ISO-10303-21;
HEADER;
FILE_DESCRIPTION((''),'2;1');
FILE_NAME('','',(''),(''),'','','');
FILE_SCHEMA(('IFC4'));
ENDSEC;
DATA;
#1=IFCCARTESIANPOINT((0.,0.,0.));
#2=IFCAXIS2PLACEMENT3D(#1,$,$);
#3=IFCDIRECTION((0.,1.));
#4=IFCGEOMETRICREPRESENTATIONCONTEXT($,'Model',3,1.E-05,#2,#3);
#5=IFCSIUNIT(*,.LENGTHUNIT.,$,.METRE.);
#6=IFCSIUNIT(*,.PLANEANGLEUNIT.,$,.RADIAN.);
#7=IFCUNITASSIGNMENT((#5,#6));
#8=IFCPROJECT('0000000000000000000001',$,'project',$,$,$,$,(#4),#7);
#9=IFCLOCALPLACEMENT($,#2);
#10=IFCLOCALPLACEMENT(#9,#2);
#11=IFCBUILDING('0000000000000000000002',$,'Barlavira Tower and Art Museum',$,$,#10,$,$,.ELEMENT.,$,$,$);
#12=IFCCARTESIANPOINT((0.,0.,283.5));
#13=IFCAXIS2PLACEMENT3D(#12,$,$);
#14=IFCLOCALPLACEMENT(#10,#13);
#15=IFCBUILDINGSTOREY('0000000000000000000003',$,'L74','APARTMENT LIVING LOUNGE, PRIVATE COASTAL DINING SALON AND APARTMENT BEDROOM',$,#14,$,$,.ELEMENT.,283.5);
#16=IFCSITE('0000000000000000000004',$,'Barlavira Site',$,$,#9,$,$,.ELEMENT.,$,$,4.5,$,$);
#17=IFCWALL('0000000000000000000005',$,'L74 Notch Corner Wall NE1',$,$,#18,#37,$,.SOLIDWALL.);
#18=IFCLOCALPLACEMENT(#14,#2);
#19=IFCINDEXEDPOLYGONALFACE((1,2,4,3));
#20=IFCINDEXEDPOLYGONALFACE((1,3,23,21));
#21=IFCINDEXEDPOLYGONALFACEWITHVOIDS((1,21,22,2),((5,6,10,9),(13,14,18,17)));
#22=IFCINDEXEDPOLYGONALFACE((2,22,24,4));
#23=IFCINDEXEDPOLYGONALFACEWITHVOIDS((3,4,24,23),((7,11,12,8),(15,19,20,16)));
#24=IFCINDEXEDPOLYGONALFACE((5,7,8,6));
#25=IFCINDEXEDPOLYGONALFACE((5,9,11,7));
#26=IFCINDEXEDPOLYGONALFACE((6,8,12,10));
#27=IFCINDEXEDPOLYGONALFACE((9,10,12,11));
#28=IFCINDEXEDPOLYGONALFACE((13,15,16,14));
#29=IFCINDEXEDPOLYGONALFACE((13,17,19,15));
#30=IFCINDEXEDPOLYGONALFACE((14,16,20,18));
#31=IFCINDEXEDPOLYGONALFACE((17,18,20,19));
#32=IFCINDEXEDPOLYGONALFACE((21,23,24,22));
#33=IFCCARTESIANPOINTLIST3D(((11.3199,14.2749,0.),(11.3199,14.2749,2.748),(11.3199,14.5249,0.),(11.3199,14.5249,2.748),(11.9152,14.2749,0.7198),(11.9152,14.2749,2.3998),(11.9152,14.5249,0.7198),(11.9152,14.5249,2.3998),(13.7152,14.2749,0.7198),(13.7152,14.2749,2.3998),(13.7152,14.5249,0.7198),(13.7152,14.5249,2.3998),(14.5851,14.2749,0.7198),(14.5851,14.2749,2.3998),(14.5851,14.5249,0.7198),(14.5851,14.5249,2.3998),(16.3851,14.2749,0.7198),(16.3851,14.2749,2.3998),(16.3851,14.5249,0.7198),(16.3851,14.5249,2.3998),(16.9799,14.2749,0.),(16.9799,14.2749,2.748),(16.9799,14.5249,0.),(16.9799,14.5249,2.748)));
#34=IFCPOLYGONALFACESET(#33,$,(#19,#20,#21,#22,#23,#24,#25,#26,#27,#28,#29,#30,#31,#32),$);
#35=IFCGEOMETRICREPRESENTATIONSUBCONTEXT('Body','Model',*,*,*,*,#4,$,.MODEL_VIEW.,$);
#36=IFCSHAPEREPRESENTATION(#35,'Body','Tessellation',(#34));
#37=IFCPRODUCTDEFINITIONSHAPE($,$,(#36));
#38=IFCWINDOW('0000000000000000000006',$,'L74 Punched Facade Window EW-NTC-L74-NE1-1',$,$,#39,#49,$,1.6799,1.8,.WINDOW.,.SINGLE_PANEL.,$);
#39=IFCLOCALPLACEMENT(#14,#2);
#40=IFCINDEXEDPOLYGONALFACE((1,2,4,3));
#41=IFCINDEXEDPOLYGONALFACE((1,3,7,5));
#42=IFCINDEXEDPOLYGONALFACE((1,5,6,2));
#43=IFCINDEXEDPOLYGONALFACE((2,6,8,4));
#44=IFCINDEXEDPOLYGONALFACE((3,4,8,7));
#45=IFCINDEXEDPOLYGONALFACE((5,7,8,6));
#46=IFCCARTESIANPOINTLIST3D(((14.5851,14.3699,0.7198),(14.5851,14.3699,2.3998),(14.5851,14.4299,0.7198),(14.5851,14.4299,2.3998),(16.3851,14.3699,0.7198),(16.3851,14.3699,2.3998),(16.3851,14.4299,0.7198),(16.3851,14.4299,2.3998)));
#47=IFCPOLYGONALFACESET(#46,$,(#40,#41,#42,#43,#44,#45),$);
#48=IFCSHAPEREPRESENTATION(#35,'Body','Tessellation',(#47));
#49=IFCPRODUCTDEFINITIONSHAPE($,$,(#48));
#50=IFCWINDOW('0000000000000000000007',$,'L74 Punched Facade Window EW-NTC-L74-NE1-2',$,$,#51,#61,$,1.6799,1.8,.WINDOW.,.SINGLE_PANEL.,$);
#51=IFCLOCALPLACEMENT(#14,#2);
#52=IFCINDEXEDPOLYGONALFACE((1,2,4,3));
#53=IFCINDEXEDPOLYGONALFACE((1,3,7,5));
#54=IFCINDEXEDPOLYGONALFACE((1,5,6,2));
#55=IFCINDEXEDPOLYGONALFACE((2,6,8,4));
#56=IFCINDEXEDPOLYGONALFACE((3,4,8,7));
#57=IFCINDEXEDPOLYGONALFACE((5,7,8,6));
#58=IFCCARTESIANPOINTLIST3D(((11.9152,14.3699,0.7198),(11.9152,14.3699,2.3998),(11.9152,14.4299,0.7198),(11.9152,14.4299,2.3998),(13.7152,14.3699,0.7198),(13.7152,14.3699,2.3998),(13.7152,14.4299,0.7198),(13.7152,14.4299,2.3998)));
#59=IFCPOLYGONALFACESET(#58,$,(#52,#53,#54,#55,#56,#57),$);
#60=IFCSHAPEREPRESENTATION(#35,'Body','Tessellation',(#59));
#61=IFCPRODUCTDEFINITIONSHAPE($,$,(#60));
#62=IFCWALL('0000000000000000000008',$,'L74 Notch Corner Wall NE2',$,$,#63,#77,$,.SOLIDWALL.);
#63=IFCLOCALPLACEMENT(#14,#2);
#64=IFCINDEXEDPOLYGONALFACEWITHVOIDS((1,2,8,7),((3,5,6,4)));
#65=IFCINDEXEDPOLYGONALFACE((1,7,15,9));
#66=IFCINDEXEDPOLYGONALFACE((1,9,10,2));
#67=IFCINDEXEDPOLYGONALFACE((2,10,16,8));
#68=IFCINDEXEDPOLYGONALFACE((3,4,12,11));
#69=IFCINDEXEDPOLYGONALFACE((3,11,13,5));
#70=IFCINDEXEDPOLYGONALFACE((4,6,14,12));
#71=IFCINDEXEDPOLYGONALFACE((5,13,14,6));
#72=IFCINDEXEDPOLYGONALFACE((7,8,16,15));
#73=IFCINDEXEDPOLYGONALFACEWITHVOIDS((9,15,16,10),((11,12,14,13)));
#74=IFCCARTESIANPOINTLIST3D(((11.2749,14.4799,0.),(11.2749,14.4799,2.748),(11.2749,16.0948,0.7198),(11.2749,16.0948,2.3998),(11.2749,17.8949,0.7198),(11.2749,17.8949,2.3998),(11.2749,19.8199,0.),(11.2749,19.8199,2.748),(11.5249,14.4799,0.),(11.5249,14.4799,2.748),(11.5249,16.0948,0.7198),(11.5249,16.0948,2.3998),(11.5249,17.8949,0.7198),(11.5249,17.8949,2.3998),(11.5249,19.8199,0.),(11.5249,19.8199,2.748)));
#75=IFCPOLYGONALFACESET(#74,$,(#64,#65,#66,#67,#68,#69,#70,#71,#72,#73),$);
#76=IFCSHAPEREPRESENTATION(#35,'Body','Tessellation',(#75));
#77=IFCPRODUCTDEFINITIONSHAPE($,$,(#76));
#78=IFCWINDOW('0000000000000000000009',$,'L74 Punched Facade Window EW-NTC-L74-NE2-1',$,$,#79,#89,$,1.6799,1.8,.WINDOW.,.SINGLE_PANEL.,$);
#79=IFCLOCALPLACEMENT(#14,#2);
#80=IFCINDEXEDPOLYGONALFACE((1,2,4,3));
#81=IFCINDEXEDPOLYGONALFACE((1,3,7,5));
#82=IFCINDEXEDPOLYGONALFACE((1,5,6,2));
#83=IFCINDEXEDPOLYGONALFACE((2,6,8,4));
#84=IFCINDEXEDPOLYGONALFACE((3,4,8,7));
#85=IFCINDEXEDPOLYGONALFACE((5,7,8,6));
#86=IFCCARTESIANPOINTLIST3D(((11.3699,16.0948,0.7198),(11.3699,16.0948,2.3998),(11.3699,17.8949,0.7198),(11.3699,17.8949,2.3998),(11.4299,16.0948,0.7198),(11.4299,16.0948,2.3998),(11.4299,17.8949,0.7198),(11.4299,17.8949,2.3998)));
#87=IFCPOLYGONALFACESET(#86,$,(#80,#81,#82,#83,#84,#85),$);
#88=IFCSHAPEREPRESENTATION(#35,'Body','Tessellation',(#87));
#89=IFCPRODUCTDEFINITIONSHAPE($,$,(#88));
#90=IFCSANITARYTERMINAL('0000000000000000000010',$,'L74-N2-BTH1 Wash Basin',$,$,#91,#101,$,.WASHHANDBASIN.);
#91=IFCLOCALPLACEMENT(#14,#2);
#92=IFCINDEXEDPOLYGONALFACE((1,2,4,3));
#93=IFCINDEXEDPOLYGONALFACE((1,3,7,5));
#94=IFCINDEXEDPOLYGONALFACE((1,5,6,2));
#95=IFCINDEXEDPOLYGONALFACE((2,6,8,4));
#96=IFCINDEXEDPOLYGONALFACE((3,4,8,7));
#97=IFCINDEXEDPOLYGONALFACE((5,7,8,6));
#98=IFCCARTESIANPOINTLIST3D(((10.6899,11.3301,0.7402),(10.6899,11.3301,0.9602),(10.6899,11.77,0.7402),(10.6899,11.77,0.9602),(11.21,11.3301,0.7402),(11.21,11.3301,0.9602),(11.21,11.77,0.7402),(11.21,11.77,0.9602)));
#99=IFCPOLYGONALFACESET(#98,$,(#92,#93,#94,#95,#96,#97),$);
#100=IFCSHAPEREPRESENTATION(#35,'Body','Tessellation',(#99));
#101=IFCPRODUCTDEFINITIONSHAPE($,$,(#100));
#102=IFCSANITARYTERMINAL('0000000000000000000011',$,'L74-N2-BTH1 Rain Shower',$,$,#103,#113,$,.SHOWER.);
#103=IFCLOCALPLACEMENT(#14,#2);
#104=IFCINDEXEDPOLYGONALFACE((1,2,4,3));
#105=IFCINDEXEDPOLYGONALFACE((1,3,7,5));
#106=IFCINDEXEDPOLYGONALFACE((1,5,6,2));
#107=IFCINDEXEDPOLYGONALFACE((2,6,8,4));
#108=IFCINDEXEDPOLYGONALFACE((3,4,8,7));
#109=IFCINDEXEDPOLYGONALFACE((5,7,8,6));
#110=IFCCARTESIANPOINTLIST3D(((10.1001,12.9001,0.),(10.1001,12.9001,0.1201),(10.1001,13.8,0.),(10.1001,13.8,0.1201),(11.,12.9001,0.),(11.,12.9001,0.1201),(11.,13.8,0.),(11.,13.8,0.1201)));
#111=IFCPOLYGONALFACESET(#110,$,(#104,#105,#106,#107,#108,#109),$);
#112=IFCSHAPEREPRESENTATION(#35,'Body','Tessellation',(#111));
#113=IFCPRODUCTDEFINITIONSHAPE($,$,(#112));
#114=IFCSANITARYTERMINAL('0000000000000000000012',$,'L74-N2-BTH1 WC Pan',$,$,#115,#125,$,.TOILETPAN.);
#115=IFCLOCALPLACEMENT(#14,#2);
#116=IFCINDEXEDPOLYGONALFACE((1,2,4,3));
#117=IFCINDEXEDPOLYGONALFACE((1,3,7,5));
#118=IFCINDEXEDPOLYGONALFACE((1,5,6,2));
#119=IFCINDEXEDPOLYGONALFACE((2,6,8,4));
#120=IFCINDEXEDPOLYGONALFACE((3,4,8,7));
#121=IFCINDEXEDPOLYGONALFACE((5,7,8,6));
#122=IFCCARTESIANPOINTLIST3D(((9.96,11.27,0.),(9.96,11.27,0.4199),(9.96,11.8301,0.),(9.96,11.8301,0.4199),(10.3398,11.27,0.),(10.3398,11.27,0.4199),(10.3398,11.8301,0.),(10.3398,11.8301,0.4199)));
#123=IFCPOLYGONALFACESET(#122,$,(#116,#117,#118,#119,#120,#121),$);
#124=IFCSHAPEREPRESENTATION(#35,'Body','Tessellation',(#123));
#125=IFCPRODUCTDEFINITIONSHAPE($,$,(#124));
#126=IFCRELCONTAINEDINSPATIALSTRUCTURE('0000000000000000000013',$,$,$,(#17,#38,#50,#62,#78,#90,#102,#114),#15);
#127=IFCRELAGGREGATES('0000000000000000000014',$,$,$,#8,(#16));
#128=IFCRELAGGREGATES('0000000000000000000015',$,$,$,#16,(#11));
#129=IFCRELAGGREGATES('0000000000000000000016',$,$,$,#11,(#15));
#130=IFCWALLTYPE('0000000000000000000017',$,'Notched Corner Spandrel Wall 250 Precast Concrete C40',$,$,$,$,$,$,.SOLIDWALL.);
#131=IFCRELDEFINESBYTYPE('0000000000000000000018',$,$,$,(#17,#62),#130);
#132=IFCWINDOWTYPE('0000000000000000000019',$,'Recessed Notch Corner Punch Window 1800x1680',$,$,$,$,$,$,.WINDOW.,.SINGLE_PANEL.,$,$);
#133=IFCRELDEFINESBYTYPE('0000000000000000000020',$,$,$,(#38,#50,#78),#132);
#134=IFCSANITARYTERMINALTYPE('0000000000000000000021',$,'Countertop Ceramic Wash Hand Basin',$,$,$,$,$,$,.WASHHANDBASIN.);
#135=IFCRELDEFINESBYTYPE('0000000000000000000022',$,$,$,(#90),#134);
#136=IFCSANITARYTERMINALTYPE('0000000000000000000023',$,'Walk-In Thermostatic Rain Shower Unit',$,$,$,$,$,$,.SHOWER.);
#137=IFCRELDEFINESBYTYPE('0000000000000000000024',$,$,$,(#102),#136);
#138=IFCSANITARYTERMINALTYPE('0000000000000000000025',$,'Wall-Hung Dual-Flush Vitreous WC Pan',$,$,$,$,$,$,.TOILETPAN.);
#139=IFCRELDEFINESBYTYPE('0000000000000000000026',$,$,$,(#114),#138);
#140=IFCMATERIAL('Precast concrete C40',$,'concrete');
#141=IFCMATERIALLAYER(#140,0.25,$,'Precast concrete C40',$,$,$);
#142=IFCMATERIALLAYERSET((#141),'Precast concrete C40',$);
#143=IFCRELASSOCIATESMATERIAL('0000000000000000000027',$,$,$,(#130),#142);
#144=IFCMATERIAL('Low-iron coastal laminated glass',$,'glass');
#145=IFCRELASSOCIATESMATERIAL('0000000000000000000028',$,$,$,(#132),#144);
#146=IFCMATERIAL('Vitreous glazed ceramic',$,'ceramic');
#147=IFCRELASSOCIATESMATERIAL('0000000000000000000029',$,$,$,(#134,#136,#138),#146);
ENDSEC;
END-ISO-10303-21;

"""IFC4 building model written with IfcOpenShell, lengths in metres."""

from ifc_helpers import new_model, si_unit, direction, frame, frame_2d, origin, origin_2d, place, context, subcontext, project, spatial, rectangle, extrude, material, layer, layer_set, type_object, element, fill, save


model = new_model("IFC4")

# Units and contexts
model_context = context("Model", 3, precision=1e-05, world=origin(), true_north=direction((0.0, 1.0)))
body_context = subcontext(model_context, "Body", "Model", "MODEL_VIEW")
ifc_project = project(units=[si_unit("LENGTHUNIT", "METRE"), si_unit("PLANEANGLEUNIT", "RADIAN")], contexts=[model_context])

# Site, building, storey
site_placement = place(None, origin())
site = spatial("IfcSite", under=ifc_project, at=site_placement, Name="Barlavira Site", CompositionType="ELEMENT", RefElevation=4.5)
building_placement = place(site_placement, origin())
building = spatial("IfcBuilding", under=site, at=building_placement, Name="Barlavira Tower and Art Museum", CompositionType="ELEMENT")
storey_placement = place(building_placement, frame((0.0, 0.0, 283.5)))
storey = spatial("IfcBuildingStorey", under=building, at=storey_placement, Name="L74", Description="APARTMENT LIVING LOUNGE, PRIVATE COASTAL DINING SALON AND APARTMENT BEDROOM", CompositionType="ELEMENT", Elevation=283.5)

# Shared definitions
ifc_material_1 = material(Name="Precast concrete C40", Category="concrete")
ifc_layer_1 = layer(ifc_material_1, 0.25, Name="Precast concrete C40")
ifc_layer_set_1 = layer_set([ifc_layer_1], Name="Precast concrete C40")
wall_type_1 = type_object("IfcWallType", Name="Notched Corner Spandrel Wall 250 Precast Concrete C40", PredefinedType="SOLIDWALL", material=ifc_layer_set_1)
ifc_material_2 = material(Name="Low-iron coastal laminated glass", Category="glass")

# Wall, openings, windows
wall_1_placement = place(storey_placement, frame((16.98, 14.3999, 0.0), z_axis=(0.0, 0.0, 1.0), x_axis=(-1.0, 0.0, 0.0)))
wall_1 = element("IfcWall", 1, at=wall_1_placement, inside=storey, type_object=wall_type_1, Name="L74 Notch Corner Wall NE1", PredefinedType="SOLIDWALL", context=body_context, shape_type="SweptSolid", body=[
    extrude(rectangle(XDim=5.6599, YDim=0.25, at=frame_2d((2.8301, 0.0))), origin(), (0.0, 0.0, 1.0), 2.748),
])
opening_1_placement = place(wall_1_placement, frame((0.595, 0.0, 0.72)))
opening_1 = element("IfcOpeningElement", 2, at=opening_1_placement, cuts=wall_1, PredefinedType="OPENING", context=body_context, shape_type="SweptSolid", body=[
    extrude(rectangle(XDim=1.8, YDim=1.6799, at=frame_2d((0.8999, 0.8398))), frame((0.0, 0.135, 0.0), z_axis=(0.0, -1.0, 0.0), x_axis=(1.0, 0.0, 0.0)), (0.0, 0.0, 1.0), 0.27),
])
opening_2_placement = place(wall_1_placement, frame((3.2649, 0.0, 0.72)))
opening_2 = element("IfcOpeningElement", 3, at=opening_2_placement, cuts=wall_1, PredefinedType="OPENING", context=body_context, shape_type="SweptSolid", body=[
    extrude(rectangle(XDim=1.8, YDim=1.6799, at=frame_2d((0.8999, 0.8398))), frame((0.0, 0.135, 0.0), z_axis=(0.0, -1.0, 0.0), x_axis=(1.0, 0.0, 0.0)), (0.0, 0.0, 1.0), 0.27),
])
window_type_1 = type_object("IfcWindowType", Name="Recessed Notch Corner Punch Window 1800x1680", PartitioningType="SINGLE_PANEL", PredefinedType="WINDOW", material=ifc_material_2)
window_1_placement = place(opening_1_placement, origin())
window_1 = element("IfcWindow", 4, at=window_1_placement, inside=storey, type_object=window_type_1, Name="L74 Punched Facade Window EW-NTC-L74-NE1-1", OverallHeight=1.6799, OverallWidth=1.8, PartitioningType="SINGLE_PANEL", PredefinedType="WINDOW", context=body_context, shape_type="SweptSolid", body=[
    extrude(rectangle(XDim=1.8, YDim=1.6799, at=frame_2d((0.8999, 0.8398))), frame((0.0, 0.03, 0.0), z_axis=(0.0, -1.0, 0.0), x_axis=(1.0, 0.0, 0.0)), (0.0, 0.0, 1.0), 0.0601),
])
fill(opening_1, window_1)
window_2_placement = place(opening_2_placement, origin())
window_2 = element("IfcWindow", 5, at=window_2_placement, inside=storey, type_object=window_type_1, Name="L74 Punched Facade Window EW-NTC-L74-NE1-2", OverallHeight=1.6799, OverallWidth=1.8, PartitioningType="SINGLE_PANEL", PredefinedType="WINDOW", context=body_context, shape_type="SweptSolid", body=[
    extrude(rectangle(XDim=1.8, YDim=1.6799, at=frame_2d((0.8999, 0.8398))), frame((0.0, 0.03, 0.0), z_axis=(0.0, -1.0, 0.0), x_axis=(1.0, 0.0, 0.0)), (0.0, 0.0, 1.0), 0.0601),
])
fill(opening_2, window_2)

# Wall, opening, window
wall_2_placement = place(storey_placement, frame((11.3999, 14.48, 0.0), z_axis=(0.0, 0.0, 1.0), x_axis=(0.0, 1.0, 0.0)))
wall_2 = element("IfcWall", 6, at=wall_2_placement, inside=storey, type_object=wall_type_1, Name="L74 Notch Corner Wall NE2", PredefinedType="SOLIDWALL", context=body_context, shape_type="SweptSolid", body=[
    extrude(rectangle(XDim=5.3401, YDim=0.25, at=frame_2d((2.6699, 0.0))), origin(), (0.0, 0.0, 1.0), 2.748),
])
opening_3_placement = place(wall_2_placement, frame((1.615, 0.0, 0.72)))
opening_3 = element("IfcOpeningElement", 7, at=opening_3_placement, cuts=wall_2, PredefinedType="OPENING", context=body_context, shape_type="SweptSolid", body=[
    extrude(rectangle(XDim=1.8, YDim=1.6799, at=frame_2d((0.8999, 0.8398))), frame((0.0, 0.135, 0.0), z_axis=(0.0, -1.0, 0.0), x_axis=(1.0, 0.0, 0.0)), (0.0, 0.0, 1.0), 0.27),
])
window_3_placement = place(opening_3_placement, origin())
window_3 = element("IfcWindow", 8, at=window_3_placement, inside=storey, type_object=window_type_1, Name="L74 Punched Facade Window EW-NTC-L74-NE2-1", OverallHeight=1.6799, OverallWidth=1.8, PartitioningType="SINGLE_PANEL", PredefinedType="WINDOW", context=body_context, shape_type="SweptSolid", body=[
    extrude(rectangle(XDim=1.8, YDim=1.6799, at=frame_2d((0.8999, 0.8398))), frame((0.0, 0.03, 0.0), z_axis=(0.0, -1.0, 0.0), x_axis=(1.0, 0.0, 0.0)), (0.0, 0.0, 1.0), 0.0601),
])
fill(opening_3, window_3)

# Sanitary terminals
ifc_material_3 = material(Name="Vitreous glazed ceramic", Category="ceramic")
sanitary_terminal_type_1 = type_object("IfcSanitaryTerminalType", Name="Countertop Ceramic Wash Hand Basin", PredefinedType="WASHHANDBASIN", material=ifc_material_3)
sanitary_terminal_1_placement = place(storey_placement, frame((10.95, 11.55, 0.7402), z_axis=(0.0, 0.0, 1.0), x_axis=(1.0, 0.0, 0.0)))
element("IfcSanitaryTerminal", 9, at=sanitary_terminal_1_placement, inside=storey, type_object=sanitary_terminal_type_1, Name="L74-N2-BTH1 Wash Basin", PredefinedType="WASHHANDBASIN", context=body_context, shape_type="SweptSolid", body=[
    extrude(rectangle(XDim=0.52, YDim=0.4399, at=origin_2d()), origin(), (0.0, 0.0, 1.0), 0.22),
])
sanitary_terminal_type_2 = type_object("IfcSanitaryTerminalType", Name="Walk-In Thermostatic Rain Shower Unit", PredefinedType="SHOWER", material=ifc_material_3)
sanitary_terminal_2_placement = place(storey_placement, frame((10.55, 13.3501, 0.0), z_axis=(0.0, 0.0, 1.0), x_axis=(1.0, 0.0, 0.0)))
element("IfcSanitaryTerminal", 10, at=sanitary_terminal_2_placement, inside=storey, type_object=sanitary_terminal_type_2, Name="L74-N2-BTH1 Rain Shower", PredefinedType="SHOWER", context=body_context, shape_type="SweptSolid", body=[
    extrude(rectangle(XDim=0.8999, YDim=0.8999, at=origin_2d()), origin(), (0.0, 0.0, 1.0), 0.1201),
])
sanitary_terminal_type_3 = type_object("IfcSanitaryTerminalType", Name="Wall-Hung Dual-Flush Vitreous WC Pan", PredefinedType="TOILETPAN", material=ifc_material_3)
sanitary_terminal_3_placement = place(storey_placement, frame((10.1499, 11.55, 0.0), z_axis=(0.0, 0.0, 1.0), x_axis=(1.0, 0.0, 0.0)))
element("IfcSanitaryTerminal", 11, at=sanitary_terminal_3_placement, inside=storey, type_object=sanitary_terminal_type_3, Name="L74-N2-BTH1 WC Pan", PredefinedType="TOILETPAN", context=body_context, shape_type="SweptSolid", body=[
    extrude(rectangle(XDim=0.3799, YDim=0.5601, at=origin_2d()), origin(), (0.0, 0.0, 1.0), 0.4199),
])

save(model, "model.ifc")
